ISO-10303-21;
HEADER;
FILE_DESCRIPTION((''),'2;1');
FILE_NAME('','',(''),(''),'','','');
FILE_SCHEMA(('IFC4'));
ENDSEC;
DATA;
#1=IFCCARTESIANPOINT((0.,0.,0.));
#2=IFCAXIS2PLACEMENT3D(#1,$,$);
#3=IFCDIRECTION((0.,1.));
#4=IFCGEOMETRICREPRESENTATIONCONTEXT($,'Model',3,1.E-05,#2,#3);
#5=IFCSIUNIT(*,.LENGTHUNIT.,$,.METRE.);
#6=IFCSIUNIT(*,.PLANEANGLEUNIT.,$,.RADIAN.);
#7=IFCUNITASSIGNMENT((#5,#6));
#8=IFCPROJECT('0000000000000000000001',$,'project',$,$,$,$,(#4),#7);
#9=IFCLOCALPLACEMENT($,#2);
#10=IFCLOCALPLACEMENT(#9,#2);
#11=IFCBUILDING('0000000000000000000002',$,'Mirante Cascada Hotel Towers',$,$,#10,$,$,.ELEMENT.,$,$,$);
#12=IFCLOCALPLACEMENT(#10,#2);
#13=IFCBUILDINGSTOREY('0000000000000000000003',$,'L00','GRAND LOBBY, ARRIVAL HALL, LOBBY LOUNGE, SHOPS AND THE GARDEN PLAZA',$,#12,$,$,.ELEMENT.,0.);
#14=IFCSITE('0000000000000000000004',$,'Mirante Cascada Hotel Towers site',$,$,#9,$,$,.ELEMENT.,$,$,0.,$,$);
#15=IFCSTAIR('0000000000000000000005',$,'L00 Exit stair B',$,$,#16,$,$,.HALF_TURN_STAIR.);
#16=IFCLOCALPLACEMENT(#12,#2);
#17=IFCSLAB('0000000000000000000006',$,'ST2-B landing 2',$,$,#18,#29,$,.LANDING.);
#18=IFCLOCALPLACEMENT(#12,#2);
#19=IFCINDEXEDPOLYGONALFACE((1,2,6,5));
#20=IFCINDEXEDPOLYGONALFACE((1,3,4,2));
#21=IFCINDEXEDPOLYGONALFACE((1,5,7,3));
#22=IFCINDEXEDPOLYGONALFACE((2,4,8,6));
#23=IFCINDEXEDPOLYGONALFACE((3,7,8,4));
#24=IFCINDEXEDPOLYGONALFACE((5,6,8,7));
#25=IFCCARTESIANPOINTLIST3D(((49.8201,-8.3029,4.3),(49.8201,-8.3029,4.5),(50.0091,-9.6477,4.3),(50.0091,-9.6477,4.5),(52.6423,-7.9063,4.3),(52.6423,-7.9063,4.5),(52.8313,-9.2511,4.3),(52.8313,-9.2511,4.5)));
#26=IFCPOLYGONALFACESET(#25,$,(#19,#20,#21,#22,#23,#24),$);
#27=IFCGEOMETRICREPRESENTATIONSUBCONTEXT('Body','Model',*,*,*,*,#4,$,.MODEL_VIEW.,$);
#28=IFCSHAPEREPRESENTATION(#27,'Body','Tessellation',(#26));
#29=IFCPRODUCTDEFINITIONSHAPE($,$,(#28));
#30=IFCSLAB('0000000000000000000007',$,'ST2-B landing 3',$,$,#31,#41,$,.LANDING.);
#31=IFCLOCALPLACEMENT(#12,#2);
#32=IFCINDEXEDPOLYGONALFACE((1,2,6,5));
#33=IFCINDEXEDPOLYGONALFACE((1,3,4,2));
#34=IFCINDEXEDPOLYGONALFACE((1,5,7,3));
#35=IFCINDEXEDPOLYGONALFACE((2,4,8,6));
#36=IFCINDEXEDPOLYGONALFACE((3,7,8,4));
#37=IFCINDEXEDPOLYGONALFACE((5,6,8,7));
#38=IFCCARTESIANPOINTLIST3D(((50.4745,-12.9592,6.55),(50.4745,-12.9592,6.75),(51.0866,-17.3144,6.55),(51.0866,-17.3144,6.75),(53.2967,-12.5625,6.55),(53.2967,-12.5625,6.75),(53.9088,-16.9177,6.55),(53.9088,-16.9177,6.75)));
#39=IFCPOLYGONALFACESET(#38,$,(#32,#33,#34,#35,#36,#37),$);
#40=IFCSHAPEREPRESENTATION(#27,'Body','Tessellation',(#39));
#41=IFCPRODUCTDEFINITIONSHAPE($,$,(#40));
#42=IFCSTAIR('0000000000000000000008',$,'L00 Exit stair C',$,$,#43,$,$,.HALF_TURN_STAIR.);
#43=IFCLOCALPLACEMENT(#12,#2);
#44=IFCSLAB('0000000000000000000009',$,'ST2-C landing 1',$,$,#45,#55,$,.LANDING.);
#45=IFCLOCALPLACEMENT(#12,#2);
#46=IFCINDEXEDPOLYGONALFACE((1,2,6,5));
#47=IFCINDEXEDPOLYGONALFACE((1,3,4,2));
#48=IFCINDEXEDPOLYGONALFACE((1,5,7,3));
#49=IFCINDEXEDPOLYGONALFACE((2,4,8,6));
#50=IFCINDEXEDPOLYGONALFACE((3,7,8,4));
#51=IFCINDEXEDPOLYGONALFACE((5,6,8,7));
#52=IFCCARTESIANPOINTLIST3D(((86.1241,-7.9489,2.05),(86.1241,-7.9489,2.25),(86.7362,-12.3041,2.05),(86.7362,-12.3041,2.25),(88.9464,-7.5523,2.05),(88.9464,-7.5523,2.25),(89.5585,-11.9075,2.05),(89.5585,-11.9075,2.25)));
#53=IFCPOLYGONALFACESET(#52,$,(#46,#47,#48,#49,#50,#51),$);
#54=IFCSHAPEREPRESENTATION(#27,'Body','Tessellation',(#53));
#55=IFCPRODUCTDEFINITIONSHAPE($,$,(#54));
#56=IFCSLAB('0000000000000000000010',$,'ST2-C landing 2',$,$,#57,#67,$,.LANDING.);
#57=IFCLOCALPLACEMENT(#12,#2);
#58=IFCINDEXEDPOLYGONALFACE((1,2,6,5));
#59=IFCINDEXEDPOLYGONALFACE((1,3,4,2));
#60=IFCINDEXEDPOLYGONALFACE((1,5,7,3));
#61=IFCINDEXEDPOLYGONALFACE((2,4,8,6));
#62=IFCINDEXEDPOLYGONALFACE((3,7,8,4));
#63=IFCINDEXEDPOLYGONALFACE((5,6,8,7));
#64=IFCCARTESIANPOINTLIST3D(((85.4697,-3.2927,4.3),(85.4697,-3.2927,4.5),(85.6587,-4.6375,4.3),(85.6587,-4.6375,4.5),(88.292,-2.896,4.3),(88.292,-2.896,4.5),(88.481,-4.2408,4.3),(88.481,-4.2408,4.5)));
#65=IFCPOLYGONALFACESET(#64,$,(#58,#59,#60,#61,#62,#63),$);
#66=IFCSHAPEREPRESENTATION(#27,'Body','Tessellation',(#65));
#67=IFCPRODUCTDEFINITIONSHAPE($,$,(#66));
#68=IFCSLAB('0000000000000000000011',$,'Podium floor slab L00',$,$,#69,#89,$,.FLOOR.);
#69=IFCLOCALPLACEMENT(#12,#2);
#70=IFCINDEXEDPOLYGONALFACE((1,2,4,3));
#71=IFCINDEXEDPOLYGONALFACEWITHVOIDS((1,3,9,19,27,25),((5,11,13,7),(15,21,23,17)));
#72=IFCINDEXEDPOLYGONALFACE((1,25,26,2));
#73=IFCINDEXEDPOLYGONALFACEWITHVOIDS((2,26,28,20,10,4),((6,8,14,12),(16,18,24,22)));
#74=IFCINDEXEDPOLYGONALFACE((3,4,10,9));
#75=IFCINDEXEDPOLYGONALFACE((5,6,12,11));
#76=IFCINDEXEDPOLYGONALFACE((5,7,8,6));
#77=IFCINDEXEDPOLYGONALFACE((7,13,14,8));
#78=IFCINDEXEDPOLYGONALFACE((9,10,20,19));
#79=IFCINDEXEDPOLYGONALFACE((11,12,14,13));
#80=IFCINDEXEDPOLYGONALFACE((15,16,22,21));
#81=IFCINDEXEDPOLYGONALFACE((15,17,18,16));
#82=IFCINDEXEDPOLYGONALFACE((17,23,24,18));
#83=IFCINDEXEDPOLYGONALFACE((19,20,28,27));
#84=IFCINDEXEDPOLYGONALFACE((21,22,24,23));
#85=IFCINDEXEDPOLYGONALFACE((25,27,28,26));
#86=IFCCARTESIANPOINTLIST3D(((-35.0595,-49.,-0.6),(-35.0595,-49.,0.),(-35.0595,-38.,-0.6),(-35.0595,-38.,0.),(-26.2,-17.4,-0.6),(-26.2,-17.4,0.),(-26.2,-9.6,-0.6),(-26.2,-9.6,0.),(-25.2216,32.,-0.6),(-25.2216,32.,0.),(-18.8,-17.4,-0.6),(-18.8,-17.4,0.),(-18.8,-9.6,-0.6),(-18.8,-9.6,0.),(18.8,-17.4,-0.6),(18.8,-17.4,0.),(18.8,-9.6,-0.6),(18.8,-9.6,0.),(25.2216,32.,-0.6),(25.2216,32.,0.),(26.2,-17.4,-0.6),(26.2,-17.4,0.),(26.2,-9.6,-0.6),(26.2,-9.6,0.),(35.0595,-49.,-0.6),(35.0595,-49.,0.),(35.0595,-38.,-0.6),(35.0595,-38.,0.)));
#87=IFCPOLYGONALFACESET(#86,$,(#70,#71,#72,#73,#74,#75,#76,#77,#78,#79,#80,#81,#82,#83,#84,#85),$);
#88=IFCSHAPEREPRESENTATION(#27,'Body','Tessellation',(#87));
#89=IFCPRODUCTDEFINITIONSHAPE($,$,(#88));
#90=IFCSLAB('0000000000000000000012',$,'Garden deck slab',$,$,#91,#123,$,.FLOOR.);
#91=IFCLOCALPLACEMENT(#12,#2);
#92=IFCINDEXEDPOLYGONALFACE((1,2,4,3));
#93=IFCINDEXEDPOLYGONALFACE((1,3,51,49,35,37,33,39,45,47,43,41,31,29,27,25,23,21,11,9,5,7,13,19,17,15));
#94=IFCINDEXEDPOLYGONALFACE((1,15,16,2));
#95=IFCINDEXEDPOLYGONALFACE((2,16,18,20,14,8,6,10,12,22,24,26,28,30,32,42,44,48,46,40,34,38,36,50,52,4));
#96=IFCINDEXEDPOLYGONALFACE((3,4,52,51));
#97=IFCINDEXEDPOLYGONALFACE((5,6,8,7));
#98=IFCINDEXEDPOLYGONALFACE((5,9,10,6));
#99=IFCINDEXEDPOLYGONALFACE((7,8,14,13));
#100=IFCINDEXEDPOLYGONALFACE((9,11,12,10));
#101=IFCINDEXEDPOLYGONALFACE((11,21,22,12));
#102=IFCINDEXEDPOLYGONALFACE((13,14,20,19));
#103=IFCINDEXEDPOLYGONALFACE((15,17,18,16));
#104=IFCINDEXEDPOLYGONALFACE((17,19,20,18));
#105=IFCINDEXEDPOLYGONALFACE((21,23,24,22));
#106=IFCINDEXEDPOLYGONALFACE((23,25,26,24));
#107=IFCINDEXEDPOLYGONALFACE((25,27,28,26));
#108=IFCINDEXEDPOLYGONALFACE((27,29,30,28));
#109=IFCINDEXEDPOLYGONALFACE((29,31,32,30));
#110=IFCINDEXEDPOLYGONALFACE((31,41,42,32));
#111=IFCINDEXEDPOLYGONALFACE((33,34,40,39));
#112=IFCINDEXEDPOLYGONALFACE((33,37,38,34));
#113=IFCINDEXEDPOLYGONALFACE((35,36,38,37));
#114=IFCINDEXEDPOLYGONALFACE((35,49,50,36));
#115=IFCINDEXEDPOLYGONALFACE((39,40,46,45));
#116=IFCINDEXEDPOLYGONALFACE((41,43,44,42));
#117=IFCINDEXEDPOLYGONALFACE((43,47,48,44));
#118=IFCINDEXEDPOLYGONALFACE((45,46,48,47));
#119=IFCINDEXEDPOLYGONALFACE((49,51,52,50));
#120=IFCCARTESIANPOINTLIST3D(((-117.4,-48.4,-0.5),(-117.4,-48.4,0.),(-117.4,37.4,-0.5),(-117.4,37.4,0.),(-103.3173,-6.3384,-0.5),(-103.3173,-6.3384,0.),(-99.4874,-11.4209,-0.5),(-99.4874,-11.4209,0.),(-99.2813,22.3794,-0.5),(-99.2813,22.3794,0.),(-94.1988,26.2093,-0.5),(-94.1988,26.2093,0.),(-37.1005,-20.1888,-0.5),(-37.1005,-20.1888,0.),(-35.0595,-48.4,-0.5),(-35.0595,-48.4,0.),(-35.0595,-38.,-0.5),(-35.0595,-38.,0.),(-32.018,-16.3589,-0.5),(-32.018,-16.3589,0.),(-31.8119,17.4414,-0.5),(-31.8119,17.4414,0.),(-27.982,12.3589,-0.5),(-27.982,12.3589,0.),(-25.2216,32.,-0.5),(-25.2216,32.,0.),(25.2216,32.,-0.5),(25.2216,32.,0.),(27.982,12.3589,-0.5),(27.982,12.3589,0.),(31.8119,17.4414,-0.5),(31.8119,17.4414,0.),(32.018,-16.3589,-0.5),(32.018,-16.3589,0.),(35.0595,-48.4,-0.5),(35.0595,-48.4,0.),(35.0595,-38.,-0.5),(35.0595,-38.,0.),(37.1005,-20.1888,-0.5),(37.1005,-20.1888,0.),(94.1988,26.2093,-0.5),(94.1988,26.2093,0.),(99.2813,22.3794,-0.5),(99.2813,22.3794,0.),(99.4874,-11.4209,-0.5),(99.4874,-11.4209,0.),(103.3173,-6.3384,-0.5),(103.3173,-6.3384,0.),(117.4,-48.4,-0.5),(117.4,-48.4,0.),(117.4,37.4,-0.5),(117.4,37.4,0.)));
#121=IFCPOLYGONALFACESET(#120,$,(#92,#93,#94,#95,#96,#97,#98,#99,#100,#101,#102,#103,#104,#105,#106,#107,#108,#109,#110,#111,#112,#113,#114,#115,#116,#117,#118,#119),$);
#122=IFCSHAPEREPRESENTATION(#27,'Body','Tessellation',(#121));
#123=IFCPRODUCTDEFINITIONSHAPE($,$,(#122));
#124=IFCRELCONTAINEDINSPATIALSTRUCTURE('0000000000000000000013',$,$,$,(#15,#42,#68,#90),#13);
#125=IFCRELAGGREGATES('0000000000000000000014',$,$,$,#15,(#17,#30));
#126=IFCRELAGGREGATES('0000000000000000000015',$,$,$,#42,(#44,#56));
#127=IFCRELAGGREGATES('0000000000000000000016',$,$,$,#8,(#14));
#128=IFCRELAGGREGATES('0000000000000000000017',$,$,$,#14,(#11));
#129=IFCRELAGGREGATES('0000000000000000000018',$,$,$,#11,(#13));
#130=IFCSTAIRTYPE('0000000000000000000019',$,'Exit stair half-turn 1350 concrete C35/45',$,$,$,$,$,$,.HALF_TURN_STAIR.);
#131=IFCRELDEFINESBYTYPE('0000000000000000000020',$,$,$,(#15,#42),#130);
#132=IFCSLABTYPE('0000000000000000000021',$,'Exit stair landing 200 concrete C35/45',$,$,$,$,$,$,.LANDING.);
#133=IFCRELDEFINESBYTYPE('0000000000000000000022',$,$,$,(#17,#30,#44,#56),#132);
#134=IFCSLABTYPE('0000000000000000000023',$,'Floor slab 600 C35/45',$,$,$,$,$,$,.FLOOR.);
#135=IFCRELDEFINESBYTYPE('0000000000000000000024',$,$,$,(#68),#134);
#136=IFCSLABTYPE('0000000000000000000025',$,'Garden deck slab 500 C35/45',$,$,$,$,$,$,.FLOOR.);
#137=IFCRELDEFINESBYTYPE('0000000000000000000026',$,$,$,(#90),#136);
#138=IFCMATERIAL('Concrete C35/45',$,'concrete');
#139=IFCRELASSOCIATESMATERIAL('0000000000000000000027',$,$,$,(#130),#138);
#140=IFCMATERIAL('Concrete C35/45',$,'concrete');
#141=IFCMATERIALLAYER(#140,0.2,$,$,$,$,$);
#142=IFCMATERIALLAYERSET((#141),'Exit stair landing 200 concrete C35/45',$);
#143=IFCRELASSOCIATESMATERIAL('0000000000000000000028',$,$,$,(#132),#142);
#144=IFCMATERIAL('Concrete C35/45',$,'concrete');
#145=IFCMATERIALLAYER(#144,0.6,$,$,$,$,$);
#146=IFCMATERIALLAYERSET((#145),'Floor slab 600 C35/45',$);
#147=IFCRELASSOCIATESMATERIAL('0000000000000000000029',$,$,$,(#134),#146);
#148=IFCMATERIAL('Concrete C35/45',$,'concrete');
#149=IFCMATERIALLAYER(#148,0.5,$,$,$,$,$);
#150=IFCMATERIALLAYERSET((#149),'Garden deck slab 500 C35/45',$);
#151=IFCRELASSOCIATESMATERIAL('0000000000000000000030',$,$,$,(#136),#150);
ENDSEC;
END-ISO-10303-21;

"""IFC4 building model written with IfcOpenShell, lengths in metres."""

from ifc_helpers import new_model, si_unit, direction, frame, origin, place, context, subcontext, project, spatial, polyline, outline, extrude, material, layer, layer_set, type_object, element, aggregate, save


model = new_model("IFC4")

# Units and contexts
model_context = context("Model", 3, precision=1e-05, world=origin(), true_north=direction((0.0, 1.0)))
body_context = subcontext(model_context, "Body", "Model", "MODEL_VIEW")
ifc_project = project(units=[si_unit("LENGTHUNIT", "METRE"), si_unit("PLANEANGLEUNIT", "RADIAN")], contexts=[model_context])

# Site, building, storey
site_placement = place(None, origin())
site = spatial("IfcSite", under=ifc_project, at=site_placement, Name="Mirante Cascada Hotel Towers site", CompositionType="ELEMENT", RefElevation=0.0)
building_placement = place(site_placement, origin())
building = spatial("IfcBuilding", under=site, at=building_placement, Name="Mirante Cascada Hotel Towers", CompositionType="ELEMENT")
storey_placement = place(building_placement, origin())
storey = spatial("IfcBuildingStorey", under=building, at=storey_placement, Name="L00", Description="GRAND LOBBY, ARRIVAL HALL, LOBBY LOUNGE, SHOPS AND THE GARDEN PLAZA", CompositionType="ELEMENT", Elevation=0.0)

# Stairs, slabs
ifc_material_1 = material(Name="Concrete C35/45", Category="concrete")
stair_type = type_object("IfcStairType", Name="Exit stair half-turn 1350 concrete C35/45", PredefinedType="HALF_TURN_STAIR", material=ifc_material_1)
ifc_material_2 = material(Name="Concrete C35/45", Category="concrete")
ifc_layer_1 = layer(ifc_material_2, 0.2)
ifc_layer_set_1 = layer_set([ifc_layer_1], Name="Exit stair landing 200 concrete C35/45")
slab_type_1 = type_object("IfcSlabType", Name="Exit stair landing 200 concrete C35/45", PredefinedType="LANDING", material=ifc_layer_set_1)
stair_1_placement = place(storey_placement, origin())
stair_1 = element("IfcStair", 1, at=stair_1_placement, inside=storey, type_object=stair_type, Name="L00 Exit stair B", PredefinedType="HALF_TURN_STAIR")
slab_1_placement = place(storey_placement, frame((0.0, 0.0, 4.3)))
slab_1 = element("IfcSlab", 2, at=slab_1_placement, type_object=slab_type_1, Name="ST2-B landing 2", PredefinedType="LANDING", context=body_context, shape_type="SweptSolid", body=[
    extrude(outline(polyline([(49.8201, -8.3029), (50.0091, -9.6477), (52.8313, -9.2511), (52.6423, -7.9063), (49.8201, -8.3029)])), origin(), (0.0, 0.0, 1.0), 0.2),
])
slab_2_placement = place(storey_placement, frame((0.0, 0.0, 6.55)))
slab_2 = element("IfcSlab", 3, at=slab_2_placement, type_object=slab_type_1, Name="ST2-B landing 3", PredefinedType="LANDING", context=body_context, shape_type="SweptSolid", body=[
    extrude(outline(polyline([(50.4745, -12.9592), (51.0866, -17.3144), (53.9088, -16.9177), (53.2967, -12.5625), (50.4745, -12.9592)])), origin(), (0.0, 0.0, 1.0), 0.2),
])
aggregate(stair_1, [slab_1, slab_2])
stair_2_placement = place(storey_placement, origin())
stair_2 = element("IfcStair", 4, at=stair_2_placement, inside=storey, type_object=stair_type, Name="L00 Exit stair C", PredefinedType="HALF_TURN_STAIR")
slab_3_placement = place(storey_placement, frame((0.0, 0.0, 2.05)))
slab_3 = element("IfcSlab", 5, at=slab_3_placement, type_object=slab_type_1, Name="ST2-C landing 1", PredefinedType="LANDING", context=body_context, shape_type="SweptSolid", body=[
    extrude(outline(polyline([(86.1241, -7.9489), (86.7362, -12.3041), (89.5585, -11.9075), (88.9464, -7.5523), (86.1241, -7.9489)])), origin(), (0.0, 0.0, 1.0), 0.2),
])
slab_4_placement = place(storey_placement, frame((0.0, 0.0, 4.3)))
slab_4 = element("IfcSlab", 6, at=slab_4_placement, type_object=slab_type_1, Name="ST2-C landing 2", PredefinedType="LANDING", context=body_context, shape_type="SweptSolid", body=[
    extrude(outline(polyline([(85.4697, -3.2927), (85.6587, -4.6375), (88.481, -4.2408), (88.292, -2.896), (85.4697, -3.2927)])), origin(), (0.0, 0.0, 1.0), 0.2),
])
aggregate(stair_2, [slab_3, slab_4])

# Slabs
ifc_material_3 = material(Name="Concrete C35/45", Category="concrete")
ifc_layer_2 = layer(ifc_material_3, 0.6)
ifc_layer_set_2 = layer_set([ifc_layer_2], Name="Floor slab 600 C35/45")
slab_type_2 = type_object("IfcSlabType", Name="Floor slab 600 C35/45", PredefinedType="FLOOR", material=ifc_layer_set_2)
slab_5_placement = place(storey_placement, frame((0.0, 0.0, -0.6)))
element("IfcSlab", 7, at=slab_5_placement, inside=storey, type_object=slab_type_2, Name="Podium floor slab L00", PredefinedType="FLOOR", context=body_context, shape_type="SweptSolid", body=[
    extrude(outline(polyline([(-35.0595, -49.0), (-35.0595, -38.0), (-25.2216, 32.0), (25.2216, 32.0), (35.0595, -38.0), (35.0595, -49.0), (-35.0595, -49.0)]), holes=[polyline([(26.2, -17.4), (26.2, -9.6), (18.8, -9.6), (18.8, -17.4), (26.2, -17.4)]), polyline([(-18.8, -17.4), (-18.8, -9.6), (-26.2, -9.6), (-26.2, -17.4), (-18.8, -17.4)])]), origin(), (0.0, 0.0, 1.0), 0.6),
])
ifc_material_4 = material(Name="Concrete C35/45", Category="concrete")
ifc_layer_3 = layer(ifc_material_4, 0.5)
ifc_layer_set_3 = layer_set([ifc_layer_3], Name="Garden deck slab 500 C35/45")
slab_type_3 = type_object("IfcSlabType", Name="Garden deck slab 500 C35/45", PredefinedType="FLOOR", material=ifc_layer_set_3)
slab_6_placement = place(storey_placement, frame((0.0, 0.0, -0.5)))
element("IfcSlab", 8, at=slab_6_placement, inside=storey, type_object=slab_type_3, Name="Garden deck slab", PredefinedType="FLOOR", context=body_context, shape_type="SweptSolid", body=[
    extrude(outline(polyline([(35.0595, -48.4), (35.0595, -38.0), (32.018, -16.3589), (37.1005, -20.1888), (99.4874, -11.4209), (103.3173, -6.3384), (99.2813, 22.3794), (94.1988, 26.2093), (31.8119, 17.4414), (27.982, 12.3589), (25.2216, 32.0), (-25.2216, 32.0), (-27.982, 12.3589), (-31.8119, 17.4414), (-94.1988, 26.2093), (-99.2813, 22.3794), (-103.3173, -6.3384), (-99.4874, -11.4209), (-37.1005, -20.1888), (-32.018, -16.3589), (-35.0595, -38.0), (-35.0595, -48.4), (-117.4, -48.4), (-117.4, 37.4), (117.4, 37.4), (117.4, -48.4), (35.0595, -48.4)])), origin(), (0.0, 0.0, 1.0), 0.5),
])

save(model, "model.ifc")
